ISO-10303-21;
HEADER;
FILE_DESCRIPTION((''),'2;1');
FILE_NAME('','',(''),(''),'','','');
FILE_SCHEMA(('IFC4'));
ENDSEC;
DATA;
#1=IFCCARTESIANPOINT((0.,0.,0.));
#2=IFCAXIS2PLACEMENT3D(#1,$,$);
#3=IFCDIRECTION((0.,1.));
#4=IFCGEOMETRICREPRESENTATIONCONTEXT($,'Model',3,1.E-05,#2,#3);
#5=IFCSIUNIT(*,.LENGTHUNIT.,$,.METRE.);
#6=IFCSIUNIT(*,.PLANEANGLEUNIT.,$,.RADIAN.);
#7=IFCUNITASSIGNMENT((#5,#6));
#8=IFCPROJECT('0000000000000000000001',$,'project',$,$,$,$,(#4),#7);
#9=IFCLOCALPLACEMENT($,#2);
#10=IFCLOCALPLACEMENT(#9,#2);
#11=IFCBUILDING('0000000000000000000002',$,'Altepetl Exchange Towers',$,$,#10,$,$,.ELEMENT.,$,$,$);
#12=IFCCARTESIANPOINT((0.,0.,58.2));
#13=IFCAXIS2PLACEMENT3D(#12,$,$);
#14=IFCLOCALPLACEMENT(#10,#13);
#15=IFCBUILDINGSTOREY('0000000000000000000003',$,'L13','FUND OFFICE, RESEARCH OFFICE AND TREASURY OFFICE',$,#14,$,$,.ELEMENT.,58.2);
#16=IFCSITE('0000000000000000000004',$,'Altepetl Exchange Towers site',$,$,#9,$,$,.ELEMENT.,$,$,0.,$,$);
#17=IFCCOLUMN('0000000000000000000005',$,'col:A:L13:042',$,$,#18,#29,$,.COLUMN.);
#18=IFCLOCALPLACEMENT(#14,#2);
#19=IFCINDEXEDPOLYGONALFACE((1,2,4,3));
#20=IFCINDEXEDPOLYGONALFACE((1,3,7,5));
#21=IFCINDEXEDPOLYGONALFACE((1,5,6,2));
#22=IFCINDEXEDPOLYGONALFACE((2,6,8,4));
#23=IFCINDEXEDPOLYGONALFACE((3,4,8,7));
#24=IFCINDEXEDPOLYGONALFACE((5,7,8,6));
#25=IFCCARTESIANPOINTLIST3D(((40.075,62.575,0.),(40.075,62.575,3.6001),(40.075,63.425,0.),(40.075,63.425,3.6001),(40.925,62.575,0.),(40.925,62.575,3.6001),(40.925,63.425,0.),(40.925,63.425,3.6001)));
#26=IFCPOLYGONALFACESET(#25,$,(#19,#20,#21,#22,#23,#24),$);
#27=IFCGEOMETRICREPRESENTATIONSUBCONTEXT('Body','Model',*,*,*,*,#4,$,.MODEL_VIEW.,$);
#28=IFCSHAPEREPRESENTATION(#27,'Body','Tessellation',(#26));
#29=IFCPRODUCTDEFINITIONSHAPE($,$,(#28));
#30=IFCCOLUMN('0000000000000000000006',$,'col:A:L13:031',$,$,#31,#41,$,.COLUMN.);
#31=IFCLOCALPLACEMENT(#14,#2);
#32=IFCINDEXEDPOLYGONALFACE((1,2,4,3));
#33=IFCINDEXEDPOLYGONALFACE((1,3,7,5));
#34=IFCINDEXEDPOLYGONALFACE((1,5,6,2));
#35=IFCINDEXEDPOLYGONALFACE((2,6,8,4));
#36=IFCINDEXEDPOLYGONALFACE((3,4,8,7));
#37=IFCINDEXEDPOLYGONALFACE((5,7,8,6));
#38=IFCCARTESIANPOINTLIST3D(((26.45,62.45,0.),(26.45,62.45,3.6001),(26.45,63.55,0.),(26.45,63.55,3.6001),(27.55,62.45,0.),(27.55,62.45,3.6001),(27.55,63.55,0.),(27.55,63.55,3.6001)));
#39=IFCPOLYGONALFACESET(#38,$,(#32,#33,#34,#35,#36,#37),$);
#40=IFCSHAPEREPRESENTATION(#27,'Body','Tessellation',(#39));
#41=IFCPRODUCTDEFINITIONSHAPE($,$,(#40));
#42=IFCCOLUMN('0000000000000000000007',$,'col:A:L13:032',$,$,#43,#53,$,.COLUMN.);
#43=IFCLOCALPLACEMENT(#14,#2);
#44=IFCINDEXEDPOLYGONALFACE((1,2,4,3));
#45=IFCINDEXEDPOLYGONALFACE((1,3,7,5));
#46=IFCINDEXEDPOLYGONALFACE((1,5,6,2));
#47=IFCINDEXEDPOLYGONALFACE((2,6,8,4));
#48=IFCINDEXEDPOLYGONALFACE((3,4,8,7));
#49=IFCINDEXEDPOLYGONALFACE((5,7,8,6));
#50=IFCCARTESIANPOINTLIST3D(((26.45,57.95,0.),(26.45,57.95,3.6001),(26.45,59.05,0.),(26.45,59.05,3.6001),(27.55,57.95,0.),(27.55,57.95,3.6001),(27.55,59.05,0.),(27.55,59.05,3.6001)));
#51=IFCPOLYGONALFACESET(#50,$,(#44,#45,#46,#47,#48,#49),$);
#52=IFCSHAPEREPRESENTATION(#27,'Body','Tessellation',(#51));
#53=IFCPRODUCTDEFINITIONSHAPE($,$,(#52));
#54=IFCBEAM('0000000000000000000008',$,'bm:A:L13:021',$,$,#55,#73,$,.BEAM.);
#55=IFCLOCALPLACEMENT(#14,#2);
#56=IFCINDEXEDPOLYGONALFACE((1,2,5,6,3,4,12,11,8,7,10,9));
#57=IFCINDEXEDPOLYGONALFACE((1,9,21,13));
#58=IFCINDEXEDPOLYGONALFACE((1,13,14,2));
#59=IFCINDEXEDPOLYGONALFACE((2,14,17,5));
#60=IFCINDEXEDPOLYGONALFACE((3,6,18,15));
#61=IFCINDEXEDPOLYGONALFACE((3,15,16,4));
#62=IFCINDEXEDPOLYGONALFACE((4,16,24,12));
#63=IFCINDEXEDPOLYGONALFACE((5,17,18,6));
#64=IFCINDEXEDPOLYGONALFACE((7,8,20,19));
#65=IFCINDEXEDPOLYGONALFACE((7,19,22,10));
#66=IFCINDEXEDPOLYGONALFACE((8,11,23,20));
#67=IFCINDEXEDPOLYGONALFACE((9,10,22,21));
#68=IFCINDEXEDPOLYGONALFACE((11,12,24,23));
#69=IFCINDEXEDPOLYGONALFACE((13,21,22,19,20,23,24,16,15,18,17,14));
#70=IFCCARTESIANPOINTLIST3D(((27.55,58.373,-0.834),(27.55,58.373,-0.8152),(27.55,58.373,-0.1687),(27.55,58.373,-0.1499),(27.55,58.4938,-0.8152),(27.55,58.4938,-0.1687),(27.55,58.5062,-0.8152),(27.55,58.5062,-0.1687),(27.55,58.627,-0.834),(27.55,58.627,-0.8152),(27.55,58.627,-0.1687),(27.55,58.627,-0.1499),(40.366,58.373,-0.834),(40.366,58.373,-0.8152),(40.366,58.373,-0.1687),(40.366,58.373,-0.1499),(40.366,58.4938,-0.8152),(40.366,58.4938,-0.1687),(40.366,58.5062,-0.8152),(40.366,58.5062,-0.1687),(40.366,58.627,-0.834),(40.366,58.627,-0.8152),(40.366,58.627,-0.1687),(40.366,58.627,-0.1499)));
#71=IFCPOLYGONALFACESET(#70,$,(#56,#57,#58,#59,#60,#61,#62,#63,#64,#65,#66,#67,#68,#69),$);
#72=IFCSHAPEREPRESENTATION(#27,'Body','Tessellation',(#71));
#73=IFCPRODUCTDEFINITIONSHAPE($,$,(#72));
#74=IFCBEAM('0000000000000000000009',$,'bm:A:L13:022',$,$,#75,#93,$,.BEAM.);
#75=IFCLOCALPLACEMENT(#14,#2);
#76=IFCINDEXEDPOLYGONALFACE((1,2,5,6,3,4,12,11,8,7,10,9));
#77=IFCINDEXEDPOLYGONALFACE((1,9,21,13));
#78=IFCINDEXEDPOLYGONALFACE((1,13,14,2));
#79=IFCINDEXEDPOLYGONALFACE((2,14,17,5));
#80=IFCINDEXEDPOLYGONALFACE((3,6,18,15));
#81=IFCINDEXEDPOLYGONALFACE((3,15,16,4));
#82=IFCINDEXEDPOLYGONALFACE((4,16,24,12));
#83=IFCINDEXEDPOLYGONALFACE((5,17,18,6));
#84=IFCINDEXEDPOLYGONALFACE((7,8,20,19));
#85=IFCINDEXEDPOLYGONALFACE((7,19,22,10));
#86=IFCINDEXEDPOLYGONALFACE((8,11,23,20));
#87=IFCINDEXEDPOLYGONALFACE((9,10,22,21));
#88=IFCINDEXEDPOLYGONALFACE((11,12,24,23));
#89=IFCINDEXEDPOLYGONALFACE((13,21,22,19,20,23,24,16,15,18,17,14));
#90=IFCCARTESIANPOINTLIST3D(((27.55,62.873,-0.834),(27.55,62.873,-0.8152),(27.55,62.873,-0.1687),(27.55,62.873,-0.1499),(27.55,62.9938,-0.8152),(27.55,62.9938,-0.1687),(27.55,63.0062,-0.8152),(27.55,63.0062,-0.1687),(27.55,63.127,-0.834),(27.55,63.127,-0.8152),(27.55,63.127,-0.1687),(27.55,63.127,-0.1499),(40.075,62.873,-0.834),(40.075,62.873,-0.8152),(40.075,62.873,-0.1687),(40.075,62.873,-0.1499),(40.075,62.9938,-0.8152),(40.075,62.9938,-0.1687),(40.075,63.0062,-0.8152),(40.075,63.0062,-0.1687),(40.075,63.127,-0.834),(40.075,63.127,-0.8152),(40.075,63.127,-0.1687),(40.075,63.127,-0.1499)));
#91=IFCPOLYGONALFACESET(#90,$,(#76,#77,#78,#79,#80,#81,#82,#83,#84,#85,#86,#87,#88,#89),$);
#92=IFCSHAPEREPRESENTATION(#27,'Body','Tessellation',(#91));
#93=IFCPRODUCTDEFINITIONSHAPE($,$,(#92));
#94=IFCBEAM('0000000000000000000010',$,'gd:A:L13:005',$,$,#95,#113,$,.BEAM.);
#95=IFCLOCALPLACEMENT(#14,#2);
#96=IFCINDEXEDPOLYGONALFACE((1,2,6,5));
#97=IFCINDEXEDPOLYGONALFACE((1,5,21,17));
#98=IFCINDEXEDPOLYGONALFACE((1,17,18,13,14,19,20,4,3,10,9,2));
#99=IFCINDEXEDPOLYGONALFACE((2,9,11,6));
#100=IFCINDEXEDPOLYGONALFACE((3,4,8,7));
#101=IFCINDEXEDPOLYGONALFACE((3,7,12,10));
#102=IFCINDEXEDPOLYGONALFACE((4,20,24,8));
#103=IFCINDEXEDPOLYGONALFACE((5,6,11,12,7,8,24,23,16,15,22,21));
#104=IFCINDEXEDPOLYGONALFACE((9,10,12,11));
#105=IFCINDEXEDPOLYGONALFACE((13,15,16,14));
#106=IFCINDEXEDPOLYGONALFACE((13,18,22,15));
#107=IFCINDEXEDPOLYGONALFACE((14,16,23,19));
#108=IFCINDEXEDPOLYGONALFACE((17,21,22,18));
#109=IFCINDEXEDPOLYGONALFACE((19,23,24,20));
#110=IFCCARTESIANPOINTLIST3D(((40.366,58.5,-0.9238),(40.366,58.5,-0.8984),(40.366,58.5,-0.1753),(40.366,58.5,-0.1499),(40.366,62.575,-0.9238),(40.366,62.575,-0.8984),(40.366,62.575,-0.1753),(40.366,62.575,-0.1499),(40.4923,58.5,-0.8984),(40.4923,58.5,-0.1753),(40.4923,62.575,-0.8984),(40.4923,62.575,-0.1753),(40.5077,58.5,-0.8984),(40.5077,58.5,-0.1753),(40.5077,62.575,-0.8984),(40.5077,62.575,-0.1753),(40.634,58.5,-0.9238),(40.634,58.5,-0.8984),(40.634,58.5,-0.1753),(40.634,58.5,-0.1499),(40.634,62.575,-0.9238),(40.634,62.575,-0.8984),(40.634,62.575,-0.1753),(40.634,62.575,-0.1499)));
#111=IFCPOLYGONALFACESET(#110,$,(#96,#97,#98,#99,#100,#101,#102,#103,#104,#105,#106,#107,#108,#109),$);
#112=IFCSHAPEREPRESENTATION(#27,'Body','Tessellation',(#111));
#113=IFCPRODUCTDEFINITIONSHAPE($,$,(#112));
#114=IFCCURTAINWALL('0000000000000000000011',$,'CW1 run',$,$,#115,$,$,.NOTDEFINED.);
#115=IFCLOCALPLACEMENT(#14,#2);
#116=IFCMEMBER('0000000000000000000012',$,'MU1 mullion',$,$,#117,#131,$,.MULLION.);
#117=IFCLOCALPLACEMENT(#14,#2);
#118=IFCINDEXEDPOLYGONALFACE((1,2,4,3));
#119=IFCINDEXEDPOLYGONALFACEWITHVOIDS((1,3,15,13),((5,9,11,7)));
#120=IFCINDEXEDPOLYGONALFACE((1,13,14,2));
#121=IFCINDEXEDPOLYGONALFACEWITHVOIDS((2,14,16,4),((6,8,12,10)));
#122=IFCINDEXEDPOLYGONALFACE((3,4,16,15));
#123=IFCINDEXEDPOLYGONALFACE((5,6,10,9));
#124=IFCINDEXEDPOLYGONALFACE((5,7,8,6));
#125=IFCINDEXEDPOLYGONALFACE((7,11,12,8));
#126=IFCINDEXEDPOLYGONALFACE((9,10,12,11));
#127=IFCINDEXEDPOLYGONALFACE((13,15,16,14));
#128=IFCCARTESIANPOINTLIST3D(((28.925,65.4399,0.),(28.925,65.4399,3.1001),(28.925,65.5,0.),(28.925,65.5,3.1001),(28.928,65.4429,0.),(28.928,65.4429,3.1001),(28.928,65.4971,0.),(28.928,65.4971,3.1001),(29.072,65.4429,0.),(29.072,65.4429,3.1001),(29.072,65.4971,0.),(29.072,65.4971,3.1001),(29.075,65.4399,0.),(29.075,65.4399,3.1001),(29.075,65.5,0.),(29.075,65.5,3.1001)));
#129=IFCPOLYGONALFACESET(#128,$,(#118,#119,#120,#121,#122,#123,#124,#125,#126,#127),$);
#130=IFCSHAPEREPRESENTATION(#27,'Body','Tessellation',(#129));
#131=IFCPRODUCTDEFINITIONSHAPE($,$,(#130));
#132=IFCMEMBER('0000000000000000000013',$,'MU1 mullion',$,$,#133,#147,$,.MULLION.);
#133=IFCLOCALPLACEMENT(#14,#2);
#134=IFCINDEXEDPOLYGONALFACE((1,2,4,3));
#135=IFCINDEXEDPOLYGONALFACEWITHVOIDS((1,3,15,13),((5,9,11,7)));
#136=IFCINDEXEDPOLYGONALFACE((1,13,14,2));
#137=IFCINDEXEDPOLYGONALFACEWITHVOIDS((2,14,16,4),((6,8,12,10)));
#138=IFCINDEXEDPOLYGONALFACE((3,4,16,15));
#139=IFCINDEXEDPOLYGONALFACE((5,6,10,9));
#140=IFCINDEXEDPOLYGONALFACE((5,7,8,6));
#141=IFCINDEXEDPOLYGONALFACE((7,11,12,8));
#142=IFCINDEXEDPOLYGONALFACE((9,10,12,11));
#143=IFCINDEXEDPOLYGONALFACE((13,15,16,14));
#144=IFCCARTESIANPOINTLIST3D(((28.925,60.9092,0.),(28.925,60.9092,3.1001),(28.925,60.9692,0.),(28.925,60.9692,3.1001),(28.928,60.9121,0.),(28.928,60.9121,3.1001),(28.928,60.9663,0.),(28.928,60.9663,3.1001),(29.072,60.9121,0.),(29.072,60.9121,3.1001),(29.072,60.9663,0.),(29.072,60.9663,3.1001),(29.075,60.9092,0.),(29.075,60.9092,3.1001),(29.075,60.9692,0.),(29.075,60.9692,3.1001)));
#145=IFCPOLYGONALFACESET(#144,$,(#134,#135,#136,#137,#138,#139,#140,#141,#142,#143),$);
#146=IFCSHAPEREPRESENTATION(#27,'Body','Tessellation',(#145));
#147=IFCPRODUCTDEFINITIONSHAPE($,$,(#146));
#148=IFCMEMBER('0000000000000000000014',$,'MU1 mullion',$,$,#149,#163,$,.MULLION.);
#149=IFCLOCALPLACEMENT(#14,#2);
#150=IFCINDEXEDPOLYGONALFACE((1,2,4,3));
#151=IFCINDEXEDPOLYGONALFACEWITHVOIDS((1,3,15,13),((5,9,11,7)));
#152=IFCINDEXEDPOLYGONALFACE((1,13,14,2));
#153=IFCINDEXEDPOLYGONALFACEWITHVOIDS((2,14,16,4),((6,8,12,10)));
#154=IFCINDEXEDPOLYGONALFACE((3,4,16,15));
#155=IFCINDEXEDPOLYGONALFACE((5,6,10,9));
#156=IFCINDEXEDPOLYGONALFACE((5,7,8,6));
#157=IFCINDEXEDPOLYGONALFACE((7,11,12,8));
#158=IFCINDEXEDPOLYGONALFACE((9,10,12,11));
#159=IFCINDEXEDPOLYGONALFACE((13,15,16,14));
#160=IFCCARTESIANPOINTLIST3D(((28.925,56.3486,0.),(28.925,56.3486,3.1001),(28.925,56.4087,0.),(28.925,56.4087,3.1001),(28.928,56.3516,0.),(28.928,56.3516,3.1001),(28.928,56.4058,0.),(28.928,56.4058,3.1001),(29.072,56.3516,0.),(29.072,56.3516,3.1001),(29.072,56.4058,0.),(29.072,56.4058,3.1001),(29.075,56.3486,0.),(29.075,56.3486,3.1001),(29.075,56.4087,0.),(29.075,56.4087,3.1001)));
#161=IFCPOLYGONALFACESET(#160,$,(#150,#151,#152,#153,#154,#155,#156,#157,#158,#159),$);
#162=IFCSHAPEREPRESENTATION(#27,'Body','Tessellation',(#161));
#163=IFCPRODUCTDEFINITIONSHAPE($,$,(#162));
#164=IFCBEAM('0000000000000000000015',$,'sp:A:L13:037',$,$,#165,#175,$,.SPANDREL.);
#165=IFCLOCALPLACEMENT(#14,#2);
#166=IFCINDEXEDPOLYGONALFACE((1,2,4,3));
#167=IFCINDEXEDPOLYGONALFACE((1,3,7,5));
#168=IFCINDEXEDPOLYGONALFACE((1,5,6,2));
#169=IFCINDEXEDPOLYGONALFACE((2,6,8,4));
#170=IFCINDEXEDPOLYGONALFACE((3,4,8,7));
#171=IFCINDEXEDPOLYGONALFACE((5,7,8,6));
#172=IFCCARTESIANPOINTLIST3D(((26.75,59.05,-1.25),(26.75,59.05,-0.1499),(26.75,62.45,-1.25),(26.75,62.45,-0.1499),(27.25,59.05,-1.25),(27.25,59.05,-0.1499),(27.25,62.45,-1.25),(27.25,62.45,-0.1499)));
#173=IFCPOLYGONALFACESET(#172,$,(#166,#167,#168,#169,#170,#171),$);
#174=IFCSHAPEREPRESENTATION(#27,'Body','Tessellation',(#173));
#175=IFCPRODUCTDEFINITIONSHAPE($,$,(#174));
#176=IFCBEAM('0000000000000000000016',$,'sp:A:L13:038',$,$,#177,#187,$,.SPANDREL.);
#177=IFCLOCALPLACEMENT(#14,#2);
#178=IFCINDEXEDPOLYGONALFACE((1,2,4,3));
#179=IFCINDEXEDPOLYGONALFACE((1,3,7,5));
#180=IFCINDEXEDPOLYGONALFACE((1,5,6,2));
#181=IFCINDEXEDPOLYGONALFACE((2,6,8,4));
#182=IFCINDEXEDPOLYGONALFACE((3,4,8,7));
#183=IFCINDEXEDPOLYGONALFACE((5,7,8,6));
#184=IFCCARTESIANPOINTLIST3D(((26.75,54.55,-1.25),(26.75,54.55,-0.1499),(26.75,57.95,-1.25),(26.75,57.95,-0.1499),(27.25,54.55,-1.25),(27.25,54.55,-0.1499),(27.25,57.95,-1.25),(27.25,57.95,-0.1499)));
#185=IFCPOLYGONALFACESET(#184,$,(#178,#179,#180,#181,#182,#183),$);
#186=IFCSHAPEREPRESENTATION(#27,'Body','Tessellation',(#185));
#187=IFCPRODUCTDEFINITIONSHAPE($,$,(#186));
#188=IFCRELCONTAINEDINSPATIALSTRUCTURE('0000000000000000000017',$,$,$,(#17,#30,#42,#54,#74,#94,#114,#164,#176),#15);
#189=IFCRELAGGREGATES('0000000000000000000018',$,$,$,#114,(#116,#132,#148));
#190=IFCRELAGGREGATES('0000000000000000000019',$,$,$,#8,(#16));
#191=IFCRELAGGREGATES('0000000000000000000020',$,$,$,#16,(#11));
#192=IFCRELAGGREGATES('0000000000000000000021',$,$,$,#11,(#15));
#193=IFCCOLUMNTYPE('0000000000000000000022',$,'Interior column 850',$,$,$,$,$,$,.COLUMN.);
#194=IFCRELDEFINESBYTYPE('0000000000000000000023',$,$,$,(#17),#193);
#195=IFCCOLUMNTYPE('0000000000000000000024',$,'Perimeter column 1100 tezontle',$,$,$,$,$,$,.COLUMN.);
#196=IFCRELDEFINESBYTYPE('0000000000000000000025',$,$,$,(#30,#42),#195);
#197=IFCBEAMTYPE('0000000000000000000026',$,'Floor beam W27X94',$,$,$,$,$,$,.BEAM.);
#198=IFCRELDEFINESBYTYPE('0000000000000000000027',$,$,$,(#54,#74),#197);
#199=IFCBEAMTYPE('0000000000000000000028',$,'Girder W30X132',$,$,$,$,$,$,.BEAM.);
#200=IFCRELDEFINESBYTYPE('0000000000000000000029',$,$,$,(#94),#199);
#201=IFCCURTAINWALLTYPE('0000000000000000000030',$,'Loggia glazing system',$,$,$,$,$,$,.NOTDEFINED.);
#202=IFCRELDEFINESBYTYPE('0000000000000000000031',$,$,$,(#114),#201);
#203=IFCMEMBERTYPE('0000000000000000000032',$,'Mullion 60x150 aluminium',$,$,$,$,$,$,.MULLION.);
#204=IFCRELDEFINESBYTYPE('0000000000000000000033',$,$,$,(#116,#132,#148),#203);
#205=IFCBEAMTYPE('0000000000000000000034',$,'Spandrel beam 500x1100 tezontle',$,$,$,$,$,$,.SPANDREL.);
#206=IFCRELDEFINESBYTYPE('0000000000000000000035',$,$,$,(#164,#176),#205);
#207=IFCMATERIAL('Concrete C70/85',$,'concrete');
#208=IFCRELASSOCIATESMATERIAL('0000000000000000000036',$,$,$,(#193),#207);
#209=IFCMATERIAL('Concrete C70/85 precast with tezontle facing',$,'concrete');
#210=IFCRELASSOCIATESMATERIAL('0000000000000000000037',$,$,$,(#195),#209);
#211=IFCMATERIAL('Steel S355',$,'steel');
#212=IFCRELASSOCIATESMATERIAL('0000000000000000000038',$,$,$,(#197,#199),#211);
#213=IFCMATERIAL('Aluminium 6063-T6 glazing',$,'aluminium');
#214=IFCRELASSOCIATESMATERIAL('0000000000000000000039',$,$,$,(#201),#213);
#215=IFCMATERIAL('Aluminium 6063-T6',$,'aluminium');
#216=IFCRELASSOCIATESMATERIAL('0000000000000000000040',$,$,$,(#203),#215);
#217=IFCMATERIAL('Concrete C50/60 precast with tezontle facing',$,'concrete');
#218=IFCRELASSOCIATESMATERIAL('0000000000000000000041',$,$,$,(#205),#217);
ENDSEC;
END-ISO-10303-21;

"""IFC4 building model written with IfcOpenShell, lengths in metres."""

from ifc_helpers import new_model, si_unit, direction, frame, origin, origin_2d, place, context, subcontext, project, spatial, rectangle, hollow_rectangle, i_section, extrude, material, material_profile, profile_set, type_object, element, aggregate, save


model = new_model("IFC4")

# Units and contexts
model_context = context("Model", 3, precision=1e-05, world=origin(), true_north=direction((0.0, 1.0)))
body_context = subcontext(model_context, "Body", "Model", "MODEL_VIEW")
ifc_project = project(units=[si_unit("LENGTHUNIT", "METRE"), si_unit("PLANEANGLEUNIT", "RADIAN")], contexts=[model_context])

# Site, building, storey
site_placement = place(None, origin())
site = spatial("IfcSite", under=ifc_project, at=site_placement, Name="Altepetl Exchange Towers site", CompositionType="ELEMENT", RefElevation=0.0)
building_placement = place(site_placement, origin())
building = spatial("IfcBuilding", under=site, at=building_placement, Name="Altepetl Exchange Towers", CompositionType="ELEMENT")
storey_placement = place(building_placement, frame((0.0, 0.0, 58.2)))
storey = spatial("IfcBuildingStorey", under=building, at=storey_placement, Name="L13", Description="FUND OFFICE, RESEARCH OFFICE AND TREASURY OFFICE", CompositionType="ELEMENT", Elevation=58.2)

# Columns
ifc_material_1 = material(Name="Concrete C70/85", Category="concrete")
ifc_material_profile_1 = material_profile(ifc_material_1, rectangle(XDim=0.8501, YDim=0.8501, at=origin_2d()), Name="850 x 850")
ifc_profile_set_1 = profile_set([ifc_material_profile_1], Name="Concrete C70/85")
column_type_1 = type_object("IfcColumnType", Name="Interior column 850", PredefinedType="COLUMN", material=ifc_profile_set_1)
column_placement = place(storey_placement, frame((40.5, 63.0, 0.0)))
element("IfcColumn", 1, at=column_placement, inside=storey, type_object=column_type_1, Name="col:A:L13:042", PredefinedType="COLUMN", context=body_context, shape_type="SweptSolid", body=[
    extrude(rectangle(XDim=0.8501, YDim=0.8501, at=origin_2d()), origin(), (0.0, 0.0, 1.0), 3.6001),
])
ifc_material_2 = material(Name="Concrete C70/85 precast with tezontle facing", Category="concrete")
ifc_material_profile_2 = material_profile(ifc_material_2, rectangle(XDim=1.1001, YDim=1.1001, at=origin_2d()), Name="1100 x 1100")
ifc_profile_set_2 = profile_set([ifc_material_profile_2], Name="Concrete C70/85 precast with tezontle facing")
column_type_2 = type_object("IfcColumnType", Name="Perimeter column 1100 tezontle", PredefinedType="COLUMN", material=ifc_profile_set_2)
for number, where, name in (
    (2, (27.0, 63.0, 0.0), "col:A:L13:031"),
    (3, (27.0, 58.5, 0.0), "col:A:L13:032"),
):
    element("IfcColumn", number, at=place(storey_placement, frame(where)), inside=storey, type_object=column_type_2, Name=name, PredefinedType="COLUMN", context=body_context, shape_type="SweptSolid", body=[
        extrude(rectangle(XDim=1.1001, YDim=1.1001, at=origin_2d()), origin(), (0.0, 0.0, 1.0), 3.6001),
    ])

# Beams
ifc_material_3 = material(Name="Steel S355", Category="steel")
ifc_material_profile_3 = material_profile(ifc_material_3, i_section(OverallWidth=0.2539, OverallDepth=0.6841, WebThickness=0.0125, FlangeThickness=0.0188, at=origin_2d()), Name="W27X94")
ifc_profile_set_3 = profile_set([ifc_material_profile_3], Name="Steel S355")
beam_type_1 = type_object("IfcBeamType", Name="Floor beam W27X94", PredefinedType="BEAM", material=ifc_profile_set_3)
beam_1_placement = place(storey_placement, frame((27.55, 58.5, -0.4919), z_axis=(1.0, 0.0, 0.0), x_axis=(0.0, 1.0, 0.0)))
element("IfcBeam", 4, at=beam_1_placement, inside=storey, type_object=beam_type_1, Name="bm:A:L13:021", PredefinedType="BEAM", context=body_context, shape_type="SweptSolid", body=[
    extrude(i_section(OverallWidth=0.2539, OverallDepth=0.6841, WebThickness=0.0125, FlangeThickness=0.0188, at=origin_2d()), origin(), (0.0, 0.0, 1.0), 12.8159),
])
beam_2_placement = place(storey_placement, frame((27.55, 63.0, -0.4919), z_axis=(1.0, 0.0, 0.0), x_axis=(0.0, 1.0, 0.0)))
element("IfcBeam", 5, at=beam_2_placement, inside=storey, type_object=beam_type_1, Name="bm:A:L13:022", PredefinedType="BEAM", context=body_context, shape_type="SweptSolid", body=[
    extrude(i_section(OverallWidth=0.2539, OverallDepth=0.6841, WebThickness=0.0125, FlangeThickness=0.0188, at=origin_2d()), origin(), (0.0, 0.0, 1.0), 12.5249),
])
ifc_material_profile_4 = material_profile(ifc_material_3, i_section(OverallWidth=0.2681, OverallDepth=0.7739, WebThickness=0.0154, FlangeThickness=0.0254, at=origin_2d()), Name="W30X132")
ifc_profile_set_4 = profile_set([ifc_material_profile_4], Name="Steel S355")
beam_type_2 = type_object("IfcBeamType", Name="Girder W30X132", PredefinedType="BEAM", material=ifc_profile_set_4)
beam_3_placement = place(storey_placement, frame((40.5, 62.575, -0.5369), z_axis=(0.0, -1.0, 0.0), x_axis=(1.0, 0.0, 0.0)))
element("IfcBeam", 6, at=beam_3_placement, inside=storey, type_object=beam_type_2, Name="gd:A:L13:005", PredefinedType="BEAM", context=body_context, shape_type="SweptSolid", body=[
    extrude(i_section(OverallWidth=0.2681, OverallDepth=0.7739, WebThickness=0.0154, FlangeThickness=0.0254, at=origin_2d()), origin(), (0.0, 0.0, 1.0), 4.075),
])

# Curtain wall, members
ifc_material_4 = material(Name="Aluminium 6063-T6 glazing", Category="aluminium")
curtain_wall_type = type_object("IfcCurtainWallType", Name="Loggia glazing system", PredefinedType="NOTDEFINED", material=ifc_material_4)
curtain_wall_placement = place(storey_placement, origin())
curtain_wall = element("IfcCurtainWall", 7, at=curtain_wall_placement, inside=storey, type_object=curtain_wall_type, Name="CW1 run", PredefinedType="NOTDEFINED")
ifc_material_5 = material(Name="Aluminium 6063-T6", Category="aluminium")
ifc_material_profile_5 = material_profile(ifc_material_5, hollow_rectangle(XDim=0.0601, YDim=0.1499, WallThickness=0.0029, at=origin_2d()), Name="Mullion 60x150 aluminium")
ifc_profile_set_5 = profile_set([ifc_material_profile_5], Name="Aluminium 6063-T6")
member_type = type_object("IfcMemberType", Name="Mullion 60x150 aluminium", PredefinedType="MULLION", material=ifc_profile_set_5)
member_1_placement = place(storey_placement, frame((29.0, 65.47, 0.0), z_axis=(0.0, 0.0, 1.0), x_axis=(0.0, -1.0, 0.0)))
member_1 = element("IfcMember", 8, at=member_1_placement, type_object=member_type, Name="MU1 mullion", PredefinedType="MULLION", context=body_context, shape_type="SweptSolid", body=[
    extrude(hollow_rectangle(XDim=0.0601, YDim=0.1499, WallThickness=0.0029, at=origin_2d()), origin(), (0.0, 0.0, 1.0), 3.1001),
])
member_2_placement = place(storey_placement, frame((29.0, 60.9392, 0.0), z_axis=(0.0, 0.0, 1.0), x_axis=(0.0, -1.0, 0.0)))
member_2 = element("IfcMember", 9, at=member_2_placement, type_object=member_type, Name="MU1 mullion", PredefinedType="MULLION", context=body_context, shape_type="SweptSolid", body=[
    extrude(hollow_rectangle(XDim=0.0601, YDim=0.1499, WallThickness=0.0029, at=origin_2d()), origin(), (0.0, 0.0, 1.0), 3.1001),
])
member_3_placement = place(storey_placement, frame((29.0, 56.3787, 0.0), z_axis=(0.0, 0.0, 1.0), x_axis=(0.0, -1.0, 0.0)))
member_3 = element("IfcMember", 10, at=member_3_placement, type_object=member_type, Name="MU1 mullion", PredefinedType="MULLION", context=body_context, shape_type="SweptSolid", body=[
    extrude(hollow_rectangle(XDim=0.0601, YDim=0.1499, WallThickness=0.0029, at=origin_2d()), origin(), (0.0, 0.0, 1.0), 3.1001),
])

# Beams
ifc_material_6 = material(Name="Concrete C50/60 precast with tezontle facing", Category="concrete")
ifc_material_profile_6 = material_profile(ifc_material_6, rectangle(XDim=0.5, YDim=1.1001, at=origin_2d()), Name="500 x 1100")
ifc_profile_set_6 = profile_set([ifc_material_profile_6], Name="Concrete C50/60 precast with tezontle facing")
beam_type_3 = type_object("IfcBeamType", Name="Spandrel beam 500x1100 tezontle", PredefinedType="SPANDREL", material=ifc_profile_set_6)
for number, where, z_axis, x_axis, name in (
    (11, (27.0, 62.45, -0.7), (0.0, -1.0, 0.0), (1.0, 0.0, 0.0), "sp:A:L13:037"),
    (12, (27.0, 57.95, -0.7), (0.0, -1.0, 0.0), (1.0, 0.0, 0.0), "sp:A:L13:038"),
):
    element("IfcBeam", number, at=place(storey_placement, frame(where, z_axis=z_axis, x_axis=x_axis)), inside=storey, type_object=beam_type_3, Name=name, PredefinedType="SPANDREL", context=body_context, shape_type="SweptSolid", body=[
        extrude(rectangle(XDim=0.5, YDim=1.1001, at=origin_2d()), origin(), (0.0, 0.0, 1.0), 3.3999),
    ])

aggregate(curtain_wall, [member_1, member_2, member_3])

save(model, "model.ifc")
